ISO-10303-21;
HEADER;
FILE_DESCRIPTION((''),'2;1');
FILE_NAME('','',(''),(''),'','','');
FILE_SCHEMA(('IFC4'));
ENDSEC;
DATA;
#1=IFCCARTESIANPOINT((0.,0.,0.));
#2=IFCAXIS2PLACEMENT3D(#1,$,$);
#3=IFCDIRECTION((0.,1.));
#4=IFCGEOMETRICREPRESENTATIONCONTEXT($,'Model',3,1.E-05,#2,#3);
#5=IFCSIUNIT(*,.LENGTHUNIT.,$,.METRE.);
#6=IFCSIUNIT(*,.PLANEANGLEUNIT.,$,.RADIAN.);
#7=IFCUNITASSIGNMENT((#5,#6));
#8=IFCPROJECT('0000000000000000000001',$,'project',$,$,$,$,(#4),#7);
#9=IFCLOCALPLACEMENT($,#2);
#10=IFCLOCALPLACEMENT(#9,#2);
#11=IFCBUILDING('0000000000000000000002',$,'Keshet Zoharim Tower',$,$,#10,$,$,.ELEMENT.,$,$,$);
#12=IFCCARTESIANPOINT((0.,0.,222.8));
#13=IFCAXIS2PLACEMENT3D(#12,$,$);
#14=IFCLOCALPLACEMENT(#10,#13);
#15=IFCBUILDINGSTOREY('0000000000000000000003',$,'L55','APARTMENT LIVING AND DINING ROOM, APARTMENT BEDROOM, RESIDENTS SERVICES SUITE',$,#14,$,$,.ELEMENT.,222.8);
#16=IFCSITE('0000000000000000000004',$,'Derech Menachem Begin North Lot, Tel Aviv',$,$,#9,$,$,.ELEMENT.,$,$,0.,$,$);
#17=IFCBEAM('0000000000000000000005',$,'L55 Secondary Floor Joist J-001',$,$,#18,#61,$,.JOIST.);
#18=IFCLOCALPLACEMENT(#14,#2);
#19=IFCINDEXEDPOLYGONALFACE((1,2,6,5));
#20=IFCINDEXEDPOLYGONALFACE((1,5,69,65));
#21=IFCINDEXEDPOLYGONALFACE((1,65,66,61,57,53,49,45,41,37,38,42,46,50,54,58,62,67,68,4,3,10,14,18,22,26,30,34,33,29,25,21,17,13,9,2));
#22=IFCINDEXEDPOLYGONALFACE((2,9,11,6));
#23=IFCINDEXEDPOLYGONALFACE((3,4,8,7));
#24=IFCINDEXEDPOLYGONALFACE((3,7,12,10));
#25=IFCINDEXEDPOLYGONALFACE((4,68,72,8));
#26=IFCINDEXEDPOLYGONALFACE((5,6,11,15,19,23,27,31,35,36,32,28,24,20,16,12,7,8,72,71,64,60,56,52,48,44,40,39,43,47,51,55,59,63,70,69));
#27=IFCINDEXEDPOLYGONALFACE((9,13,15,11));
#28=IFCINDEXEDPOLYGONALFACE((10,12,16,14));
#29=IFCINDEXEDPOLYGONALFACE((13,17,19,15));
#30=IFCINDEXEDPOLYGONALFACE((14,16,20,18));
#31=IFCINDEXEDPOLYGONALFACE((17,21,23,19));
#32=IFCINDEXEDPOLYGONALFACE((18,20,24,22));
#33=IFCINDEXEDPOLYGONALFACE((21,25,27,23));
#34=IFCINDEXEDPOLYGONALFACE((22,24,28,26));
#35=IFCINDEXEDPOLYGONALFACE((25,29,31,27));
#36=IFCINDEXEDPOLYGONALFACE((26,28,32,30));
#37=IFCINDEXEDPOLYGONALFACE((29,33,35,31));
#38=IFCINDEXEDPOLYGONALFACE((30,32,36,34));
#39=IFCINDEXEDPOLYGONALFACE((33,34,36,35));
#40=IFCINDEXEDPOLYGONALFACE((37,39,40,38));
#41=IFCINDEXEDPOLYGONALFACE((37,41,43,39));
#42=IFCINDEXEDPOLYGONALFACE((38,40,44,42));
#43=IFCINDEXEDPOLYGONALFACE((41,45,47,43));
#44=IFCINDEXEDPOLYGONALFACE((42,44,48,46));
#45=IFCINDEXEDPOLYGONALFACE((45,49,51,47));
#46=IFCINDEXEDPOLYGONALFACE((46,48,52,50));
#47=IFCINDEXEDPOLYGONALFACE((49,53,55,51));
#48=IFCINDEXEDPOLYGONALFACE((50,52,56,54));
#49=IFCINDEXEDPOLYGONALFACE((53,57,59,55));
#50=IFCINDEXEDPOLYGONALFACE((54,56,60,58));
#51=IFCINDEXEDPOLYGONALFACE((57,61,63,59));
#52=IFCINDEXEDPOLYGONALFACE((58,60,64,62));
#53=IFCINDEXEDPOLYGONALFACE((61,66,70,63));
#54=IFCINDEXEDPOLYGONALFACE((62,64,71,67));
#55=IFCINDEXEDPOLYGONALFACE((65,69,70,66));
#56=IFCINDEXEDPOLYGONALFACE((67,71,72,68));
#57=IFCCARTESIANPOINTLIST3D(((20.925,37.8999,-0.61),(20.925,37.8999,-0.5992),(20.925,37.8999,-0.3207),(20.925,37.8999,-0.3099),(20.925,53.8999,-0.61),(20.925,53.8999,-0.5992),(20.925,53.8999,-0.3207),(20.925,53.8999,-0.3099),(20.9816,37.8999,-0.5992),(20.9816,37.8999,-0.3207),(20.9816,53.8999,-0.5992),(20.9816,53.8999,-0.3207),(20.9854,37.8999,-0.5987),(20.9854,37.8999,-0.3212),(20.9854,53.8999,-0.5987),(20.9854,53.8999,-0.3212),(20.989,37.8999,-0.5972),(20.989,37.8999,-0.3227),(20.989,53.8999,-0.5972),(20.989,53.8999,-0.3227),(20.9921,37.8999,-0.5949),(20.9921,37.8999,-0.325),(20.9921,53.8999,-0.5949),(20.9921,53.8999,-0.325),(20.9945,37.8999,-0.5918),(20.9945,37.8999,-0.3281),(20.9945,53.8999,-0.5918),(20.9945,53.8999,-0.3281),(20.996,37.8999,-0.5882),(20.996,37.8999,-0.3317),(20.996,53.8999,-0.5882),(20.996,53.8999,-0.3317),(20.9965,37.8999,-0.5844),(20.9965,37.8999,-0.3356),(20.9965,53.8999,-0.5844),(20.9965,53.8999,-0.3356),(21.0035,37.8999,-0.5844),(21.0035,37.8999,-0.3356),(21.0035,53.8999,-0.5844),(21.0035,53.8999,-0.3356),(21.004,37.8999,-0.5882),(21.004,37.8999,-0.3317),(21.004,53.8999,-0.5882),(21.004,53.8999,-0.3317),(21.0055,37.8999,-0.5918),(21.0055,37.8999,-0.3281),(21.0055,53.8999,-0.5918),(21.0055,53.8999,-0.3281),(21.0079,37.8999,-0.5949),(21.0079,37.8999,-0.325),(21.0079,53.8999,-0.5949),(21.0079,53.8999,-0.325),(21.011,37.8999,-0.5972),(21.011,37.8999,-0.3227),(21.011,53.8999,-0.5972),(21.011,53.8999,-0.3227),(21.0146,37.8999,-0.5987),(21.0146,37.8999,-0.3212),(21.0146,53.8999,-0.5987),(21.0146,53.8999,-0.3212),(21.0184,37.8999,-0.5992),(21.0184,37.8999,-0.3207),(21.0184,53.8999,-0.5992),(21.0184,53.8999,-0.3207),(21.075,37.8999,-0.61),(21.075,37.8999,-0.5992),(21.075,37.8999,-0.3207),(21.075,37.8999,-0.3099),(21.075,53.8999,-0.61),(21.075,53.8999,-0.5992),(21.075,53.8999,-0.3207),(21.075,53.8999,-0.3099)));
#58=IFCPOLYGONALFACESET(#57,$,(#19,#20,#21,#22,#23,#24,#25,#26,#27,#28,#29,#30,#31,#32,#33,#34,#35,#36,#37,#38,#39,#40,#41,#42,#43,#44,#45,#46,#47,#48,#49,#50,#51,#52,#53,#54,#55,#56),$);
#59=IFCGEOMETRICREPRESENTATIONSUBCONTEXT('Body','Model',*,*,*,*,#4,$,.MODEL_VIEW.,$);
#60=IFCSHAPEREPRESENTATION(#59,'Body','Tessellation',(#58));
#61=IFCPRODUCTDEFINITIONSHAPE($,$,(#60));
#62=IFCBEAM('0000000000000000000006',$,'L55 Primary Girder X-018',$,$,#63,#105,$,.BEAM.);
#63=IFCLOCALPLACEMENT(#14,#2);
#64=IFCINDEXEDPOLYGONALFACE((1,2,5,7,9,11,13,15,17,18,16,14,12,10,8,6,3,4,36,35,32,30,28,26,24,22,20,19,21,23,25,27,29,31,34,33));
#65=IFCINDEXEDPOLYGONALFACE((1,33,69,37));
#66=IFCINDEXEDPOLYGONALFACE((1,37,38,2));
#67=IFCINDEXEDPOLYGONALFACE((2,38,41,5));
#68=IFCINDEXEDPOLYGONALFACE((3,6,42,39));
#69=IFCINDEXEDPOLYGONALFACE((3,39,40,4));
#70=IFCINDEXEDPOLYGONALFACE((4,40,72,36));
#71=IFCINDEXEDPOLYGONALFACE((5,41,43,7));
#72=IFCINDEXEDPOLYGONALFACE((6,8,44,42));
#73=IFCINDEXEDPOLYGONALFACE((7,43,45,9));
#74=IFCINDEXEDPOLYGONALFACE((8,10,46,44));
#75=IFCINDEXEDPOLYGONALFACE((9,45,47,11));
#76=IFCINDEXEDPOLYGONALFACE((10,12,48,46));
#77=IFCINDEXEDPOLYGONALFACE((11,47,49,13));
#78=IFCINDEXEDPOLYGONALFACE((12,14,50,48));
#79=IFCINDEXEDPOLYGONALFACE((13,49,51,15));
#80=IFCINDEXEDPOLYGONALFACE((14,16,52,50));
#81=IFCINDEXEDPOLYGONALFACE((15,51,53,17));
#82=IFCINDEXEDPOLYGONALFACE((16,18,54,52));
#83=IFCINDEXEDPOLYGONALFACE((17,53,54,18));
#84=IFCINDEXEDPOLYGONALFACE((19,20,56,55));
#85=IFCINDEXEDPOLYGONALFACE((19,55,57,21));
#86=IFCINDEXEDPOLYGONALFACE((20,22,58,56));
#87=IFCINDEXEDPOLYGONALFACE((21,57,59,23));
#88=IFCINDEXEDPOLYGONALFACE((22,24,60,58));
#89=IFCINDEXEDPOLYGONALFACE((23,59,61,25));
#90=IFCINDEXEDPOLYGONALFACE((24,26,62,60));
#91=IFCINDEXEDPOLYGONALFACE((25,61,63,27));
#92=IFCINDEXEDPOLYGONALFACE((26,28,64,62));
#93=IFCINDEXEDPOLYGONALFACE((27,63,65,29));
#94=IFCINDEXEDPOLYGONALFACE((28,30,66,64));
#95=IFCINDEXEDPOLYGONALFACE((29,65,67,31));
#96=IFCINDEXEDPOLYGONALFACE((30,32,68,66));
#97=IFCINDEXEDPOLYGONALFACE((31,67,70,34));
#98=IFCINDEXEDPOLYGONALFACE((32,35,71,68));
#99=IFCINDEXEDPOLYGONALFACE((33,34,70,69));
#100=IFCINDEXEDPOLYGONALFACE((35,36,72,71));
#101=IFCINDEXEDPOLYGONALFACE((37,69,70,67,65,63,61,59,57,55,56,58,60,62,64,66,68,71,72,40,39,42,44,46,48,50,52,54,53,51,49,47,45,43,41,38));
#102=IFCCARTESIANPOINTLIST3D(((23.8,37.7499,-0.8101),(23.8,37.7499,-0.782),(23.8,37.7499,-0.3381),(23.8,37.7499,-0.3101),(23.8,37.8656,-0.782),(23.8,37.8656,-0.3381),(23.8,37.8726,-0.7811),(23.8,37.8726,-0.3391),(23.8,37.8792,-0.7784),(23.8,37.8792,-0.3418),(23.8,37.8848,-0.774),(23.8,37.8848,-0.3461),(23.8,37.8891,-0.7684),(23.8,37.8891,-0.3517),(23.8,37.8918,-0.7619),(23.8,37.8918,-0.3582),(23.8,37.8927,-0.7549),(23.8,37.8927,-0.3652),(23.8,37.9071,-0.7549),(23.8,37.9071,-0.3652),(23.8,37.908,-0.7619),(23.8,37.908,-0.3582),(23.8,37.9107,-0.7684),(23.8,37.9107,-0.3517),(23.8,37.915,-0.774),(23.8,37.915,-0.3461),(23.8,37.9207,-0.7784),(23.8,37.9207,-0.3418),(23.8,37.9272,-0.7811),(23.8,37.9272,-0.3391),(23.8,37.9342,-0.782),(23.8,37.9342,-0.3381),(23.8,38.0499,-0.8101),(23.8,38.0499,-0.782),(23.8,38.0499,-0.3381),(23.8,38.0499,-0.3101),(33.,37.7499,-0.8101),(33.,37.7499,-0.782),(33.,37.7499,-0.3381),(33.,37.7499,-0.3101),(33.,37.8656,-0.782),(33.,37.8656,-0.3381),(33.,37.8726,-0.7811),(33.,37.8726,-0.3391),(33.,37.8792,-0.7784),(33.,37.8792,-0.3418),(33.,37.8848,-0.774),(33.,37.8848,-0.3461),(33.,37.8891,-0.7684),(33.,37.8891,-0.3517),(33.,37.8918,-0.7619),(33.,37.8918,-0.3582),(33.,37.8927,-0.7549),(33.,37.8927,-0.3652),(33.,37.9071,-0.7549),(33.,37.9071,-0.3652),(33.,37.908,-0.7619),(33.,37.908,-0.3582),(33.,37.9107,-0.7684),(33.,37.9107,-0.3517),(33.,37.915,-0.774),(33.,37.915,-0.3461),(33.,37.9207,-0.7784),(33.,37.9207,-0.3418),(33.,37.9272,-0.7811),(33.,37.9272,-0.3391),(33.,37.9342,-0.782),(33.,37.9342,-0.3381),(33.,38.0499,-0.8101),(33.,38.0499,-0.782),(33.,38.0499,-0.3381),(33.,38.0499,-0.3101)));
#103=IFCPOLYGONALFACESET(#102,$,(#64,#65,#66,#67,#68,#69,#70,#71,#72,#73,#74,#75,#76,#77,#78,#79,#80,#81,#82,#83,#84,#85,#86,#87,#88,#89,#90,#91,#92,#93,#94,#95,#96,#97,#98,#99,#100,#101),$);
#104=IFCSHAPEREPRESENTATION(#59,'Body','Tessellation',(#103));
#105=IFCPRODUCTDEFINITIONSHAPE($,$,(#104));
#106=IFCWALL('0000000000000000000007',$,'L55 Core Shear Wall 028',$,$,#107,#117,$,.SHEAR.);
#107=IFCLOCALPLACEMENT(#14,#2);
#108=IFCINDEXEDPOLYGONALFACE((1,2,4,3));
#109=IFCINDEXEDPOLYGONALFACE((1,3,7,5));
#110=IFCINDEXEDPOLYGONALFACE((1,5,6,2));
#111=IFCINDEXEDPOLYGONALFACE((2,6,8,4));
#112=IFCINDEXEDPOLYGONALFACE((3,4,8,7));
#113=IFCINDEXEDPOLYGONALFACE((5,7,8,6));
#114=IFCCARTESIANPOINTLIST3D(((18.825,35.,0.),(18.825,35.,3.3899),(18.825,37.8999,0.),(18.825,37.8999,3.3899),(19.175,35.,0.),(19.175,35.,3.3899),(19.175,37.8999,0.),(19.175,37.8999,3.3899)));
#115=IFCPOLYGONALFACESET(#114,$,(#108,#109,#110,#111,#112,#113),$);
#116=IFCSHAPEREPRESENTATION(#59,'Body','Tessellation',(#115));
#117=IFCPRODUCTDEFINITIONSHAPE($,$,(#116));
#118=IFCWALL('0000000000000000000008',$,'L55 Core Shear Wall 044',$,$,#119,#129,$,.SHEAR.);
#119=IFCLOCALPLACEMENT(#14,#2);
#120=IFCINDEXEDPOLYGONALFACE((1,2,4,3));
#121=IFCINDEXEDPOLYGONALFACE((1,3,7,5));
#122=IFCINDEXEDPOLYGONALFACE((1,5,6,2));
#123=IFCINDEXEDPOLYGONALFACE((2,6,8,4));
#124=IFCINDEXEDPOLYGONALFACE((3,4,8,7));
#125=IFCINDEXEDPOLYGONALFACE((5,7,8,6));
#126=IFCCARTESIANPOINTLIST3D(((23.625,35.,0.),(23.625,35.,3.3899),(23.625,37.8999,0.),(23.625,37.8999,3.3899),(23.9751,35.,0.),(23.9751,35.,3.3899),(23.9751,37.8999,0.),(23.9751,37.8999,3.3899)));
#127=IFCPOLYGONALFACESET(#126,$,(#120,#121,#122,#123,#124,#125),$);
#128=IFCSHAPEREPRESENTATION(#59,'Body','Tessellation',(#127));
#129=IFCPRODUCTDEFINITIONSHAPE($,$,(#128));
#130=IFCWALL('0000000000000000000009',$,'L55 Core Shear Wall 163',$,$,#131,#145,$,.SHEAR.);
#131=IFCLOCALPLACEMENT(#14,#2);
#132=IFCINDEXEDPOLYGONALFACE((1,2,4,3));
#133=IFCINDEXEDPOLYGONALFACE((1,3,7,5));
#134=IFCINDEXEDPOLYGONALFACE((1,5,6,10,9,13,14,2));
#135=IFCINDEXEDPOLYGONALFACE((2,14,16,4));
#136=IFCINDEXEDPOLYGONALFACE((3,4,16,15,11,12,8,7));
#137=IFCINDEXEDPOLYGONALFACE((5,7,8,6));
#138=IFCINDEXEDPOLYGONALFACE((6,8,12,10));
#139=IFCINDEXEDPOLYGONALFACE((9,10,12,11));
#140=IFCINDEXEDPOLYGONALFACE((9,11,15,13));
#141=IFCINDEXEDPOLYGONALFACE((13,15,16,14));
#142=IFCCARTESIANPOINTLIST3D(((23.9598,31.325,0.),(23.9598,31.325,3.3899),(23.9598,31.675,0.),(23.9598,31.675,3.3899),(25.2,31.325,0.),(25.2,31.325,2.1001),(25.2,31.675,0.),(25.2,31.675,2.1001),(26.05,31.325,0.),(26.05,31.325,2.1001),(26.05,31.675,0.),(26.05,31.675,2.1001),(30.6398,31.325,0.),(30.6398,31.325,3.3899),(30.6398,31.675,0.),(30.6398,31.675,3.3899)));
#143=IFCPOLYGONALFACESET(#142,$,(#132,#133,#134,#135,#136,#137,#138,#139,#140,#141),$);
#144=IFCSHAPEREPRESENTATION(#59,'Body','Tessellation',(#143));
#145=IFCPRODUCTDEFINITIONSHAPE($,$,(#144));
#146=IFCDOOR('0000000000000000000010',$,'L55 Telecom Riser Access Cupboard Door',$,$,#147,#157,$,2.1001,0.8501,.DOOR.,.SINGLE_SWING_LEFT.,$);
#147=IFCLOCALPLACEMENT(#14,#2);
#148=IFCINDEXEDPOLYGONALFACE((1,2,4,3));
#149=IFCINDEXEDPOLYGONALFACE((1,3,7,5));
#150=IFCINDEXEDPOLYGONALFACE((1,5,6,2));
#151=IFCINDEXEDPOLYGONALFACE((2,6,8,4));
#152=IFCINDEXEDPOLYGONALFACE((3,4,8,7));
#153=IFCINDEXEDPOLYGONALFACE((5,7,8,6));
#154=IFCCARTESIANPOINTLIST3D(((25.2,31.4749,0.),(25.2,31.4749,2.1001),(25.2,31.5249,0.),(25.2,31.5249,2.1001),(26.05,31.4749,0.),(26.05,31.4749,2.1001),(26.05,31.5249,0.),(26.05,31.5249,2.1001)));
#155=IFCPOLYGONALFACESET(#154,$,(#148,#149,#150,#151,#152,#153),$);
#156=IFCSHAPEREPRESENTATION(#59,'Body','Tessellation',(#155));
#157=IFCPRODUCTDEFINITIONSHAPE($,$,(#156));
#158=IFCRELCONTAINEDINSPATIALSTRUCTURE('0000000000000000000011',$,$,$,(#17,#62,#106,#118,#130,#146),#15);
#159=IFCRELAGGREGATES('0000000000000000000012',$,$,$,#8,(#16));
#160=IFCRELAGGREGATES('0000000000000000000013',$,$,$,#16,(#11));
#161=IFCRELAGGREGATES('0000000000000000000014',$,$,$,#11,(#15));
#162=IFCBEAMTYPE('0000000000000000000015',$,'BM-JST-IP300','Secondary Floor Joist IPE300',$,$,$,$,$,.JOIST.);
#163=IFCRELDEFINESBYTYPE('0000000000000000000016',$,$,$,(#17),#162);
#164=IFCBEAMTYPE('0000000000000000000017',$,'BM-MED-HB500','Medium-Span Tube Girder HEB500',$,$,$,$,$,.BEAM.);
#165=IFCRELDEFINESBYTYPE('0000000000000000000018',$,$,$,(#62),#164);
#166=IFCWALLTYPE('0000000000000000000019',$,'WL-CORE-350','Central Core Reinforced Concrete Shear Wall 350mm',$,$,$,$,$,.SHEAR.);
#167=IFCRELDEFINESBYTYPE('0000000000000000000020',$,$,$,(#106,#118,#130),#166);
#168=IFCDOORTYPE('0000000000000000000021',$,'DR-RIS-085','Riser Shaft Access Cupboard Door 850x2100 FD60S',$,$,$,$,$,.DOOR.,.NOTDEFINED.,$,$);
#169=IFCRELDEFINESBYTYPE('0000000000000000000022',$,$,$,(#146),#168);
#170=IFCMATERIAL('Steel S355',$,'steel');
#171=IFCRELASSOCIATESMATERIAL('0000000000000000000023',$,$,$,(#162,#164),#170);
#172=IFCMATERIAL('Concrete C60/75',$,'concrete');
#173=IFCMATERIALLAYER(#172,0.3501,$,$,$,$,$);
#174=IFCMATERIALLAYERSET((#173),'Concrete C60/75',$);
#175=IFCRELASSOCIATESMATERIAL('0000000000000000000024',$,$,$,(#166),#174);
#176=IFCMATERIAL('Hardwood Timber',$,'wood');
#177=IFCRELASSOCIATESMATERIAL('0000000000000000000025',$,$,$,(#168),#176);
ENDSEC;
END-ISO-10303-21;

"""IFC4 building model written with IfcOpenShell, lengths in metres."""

from ifc_helpers import new_model, si_unit, direction, frame, frame_2d, origin, origin_2d, place, context, subcontext, project, spatial, rectangle, i_section, extrude, material, layer, layer_set, material_profile, profile_set, type_object, element, fill, save


model = new_model("IFC4")

# Units and contexts
model_context = context("Model", 3, precision=1e-05, world=origin(), true_north=direction((0.0, 1.0)))
body_context = subcontext(model_context, "Body", "Model", "MODEL_VIEW")
ifc_project = project(units=[si_unit("LENGTHUNIT", "METRE"), si_unit("PLANEANGLEUNIT", "RADIAN")], contexts=[model_context])

# Site, building, storey
site_placement = place(None, origin())
site = spatial("IfcSite", under=ifc_project, at=site_placement, Name="Derech Menachem Begin North Lot, Tel Aviv", CompositionType="ELEMENT", RefElevation=0.0)
building_placement = place(site_placement, origin())
building = spatial("IfcBuilding", under=site, at=building_placement, Name="Keshet Zoharim Tower", CompositionType="ELEMENT")
storey_placement = place(building_placement, frame((0.0, 0.0, 222.8)))
storey = spatial("IfcBuildingStorey", under=building, at=storey_placement, Name="L55", Description="APARTMENT LIVING AND DINING ROOM, APARTMENT BEDROOM, RESIDENTS SERVICES SUITE", CompositionType="ELEMENT", Elevation=222.8)

# Beams
ifc_material_1 = material(Name="Steel S355", Category="steel")
ifc_material_profile_1 = material_profile(ifc_material_1, i_section(OverallWidth=0.1499, OverallDepth=0.3, WebThickness=0.0071, FlangeThickness=0.0107, FilletRadius=0.0149, at=origin_2d()), Name="IPE300")
ifc_profile_set_1 = profile_set([ifc_material_profile_1], Name="Steel S355")
beam_type_1 = type_object("IfcBeamType", Name="BM-JST-IP300", Description="Secondary Floor Joist IPE300", PredefinedType="JOIST", material=ifc_profile_set_1)
beam_1_placement = place(storey_placement, frame((21.0, 37.8999, -0.46), z_axis=(0.0, 1.0, 0.0), x_axis=(-1.0, 0.0, 0.0)))
element("IfcBeam", 1, at=beam_1_placement, inside=storey, type_object=beam_type_1, Name="L55 Secondary Floor Joist J-001", PredefinedType="JOIST", context=body_context, shape_type="SweptSolid", body=[
    extrude(i_section(OverallWidth=0.1499, OverallDepth=0.3, WebThickness=0.0071, FlangeThickness=0.0107, FilletRadius=0.0149, at=origin_2d()), origin(), (0.0, 0.0, 1.0), 16.0),
])
ifc_material_profile_2 = material_profile(ifc_material_1, i_section(OverallWidth=0.3, OverallDepth=0.5, WebThickness=0.0144, FlangeThickness=0.0281, FilletRadius=0.0271, at=origin_2d()), Name="HEB500")
ifc_profile_set_2 = profile_set([ifc_material_profile_2], Name="Steel S355")
beam_type_2 = type_object("IfcBeamType", Name="BM-MED-HB500", Description="Medium-Span Tube Girder HEB500", PredefinedType="BEAM", material=ifc_profile_set_2)
beam_2_placement = place(storey_placement, frame((23.8, 37.8999, -0.5601), z_axis=(1.0, 0.0, 0.0), x_axis=(0.0, 1.0, 0.0)))
element("IfcBeam", 2, at=beam_2_placement, inside=storey, type_object=beam_type_2, Name="L55 Primary Girder X-018", PredefinedType="BEAM", context=body_context, shape_type="SweptSolid", body=[
    extrude(i_section(OverallWidth=0.3, OverallDepth=0.5, WebThickness=0.0144, FlangeThickness=0.0281, FilletRadius=0.0271, at=origin_2d()), origin(), (0.0, 0.0, 1.0), 9.2),
])

# Walls
ifc_material_2 = material(Name="Concrete C60/75", Category="concrete")
ifc_layer_1 = layer(ifc_material_2, 0.3501)
ifc_layer_set_1 = layer_set([ifc_layer_1], Name="Concrete C60/75")
wall_type_1 = type_object("IfcWallType", Name="WL-CORE-350", Description="Central Core Reinforced Concrete Shear Wall 350mm", PredefinedType="SHEAR", material=ifc_layer_set_1)
for number, where, z_axis, x_axis, name in (
    (3, (19.0, 35.0, 0.0), (0.0, 0.0, 1.0), (0.0, 1.0, 0.0), "L55 Core Shear Wall 028"),
    (4, (23.8, 35.0, 0.0), (0.0, 0.0, 1.0), (0.0, 1.0, 0.0), "L55 Core Shear Wall 044"),
):
    element("IfcWall", number, at=place(storey_placement, frame(where, z_axis=z_axis, x_axis=x_axis)), inside=storey, type_object=wall_type_1, Name=name, PredefinedType="SHEAR", context=body_context, shape_type="SweptSolid", body=[
        extrude(rectangle(XDim=2.8999, YDim=0.3501, at=frame_2d((1.45, 0.0))), origin(), (0.0, 0.0, 1.0), 3.3899),
    ])

# Wall, opening, door
wall_1_placement = place(storey_placement, frame((23.96, 31.5, 0.0), z_axis=(0.0, 0.0, 1.0), x_axis=(1.0, 0.0, 0.0)))
wall_1 = element("IfcWall", 5, at=wall_1_placement, inside=storey, type_object=wall_type_1, Name="L55 Core Shear Wall 163", PredefinedType="SHEAR", context=body_context, shape_type="SweptSolid", body=[
    extrude(rectangle(XDim=6.6799, YDim=0.3501, at=frame_2d((3.3398, 0.0))), origin(), (0.0, 0.0, 1.0), 3.3899),
])
opening_1_placement = place(wall_1_placement, frame((1.24, 0.0, 0.0)))
opening_1 = element("IfcOpeningElement", 6, at=opening_1_placement, cuts=wall_1, PredefinedType="OPENING", context=body_context, shape_type="SweptSolid", body=[
    extrude(rectangle(XDim=0.8501, YDim=2.1001, at=frame_2d((0.425, 1.05))), frame((0.0, 0.1851, 0.0), z_axis=(0.0, -1.0, 0.0), x_axis=(1.0, 0.0, 0.0)), (0.0, 0.0, 1.0), 0.3701),
])
ifc_material_3 = material(Name="Hardwood Timber", Category="wood")
door_type_1 = type_object("IfcDoorType", Name="DR-RIS-085", Description="Riser Shaft Access Cupboard Door 850x2100 FD60S", OperationType="NOTDEFINED", PredefinedType="DOOR", material=ifc_material_3)
door_1_placement = place(opening_1_placement, origin())
door_1 = element("IfcDoor", 7, at=door_1_placement, inside=storey, type_object=door_type_1, Name="L55 Telecom Riser Access Cupboard Door", OperationType="SINGLE_SWING_LEFT", OverallHeight=2.1001, OverallWidth=0.8501, PredefinedType="DOOR", context=body_context, shape_type="SweptSolid", body=[
    extrude(rectangle(XDim=0.8501, YDim=2.1001, at=frame_2d((0.425, 1.05))), frame((0.0, 0.0249, 0.0), z_axis=(0.0, -1.0, 0.0), x_axis=(1.0, 0.0, 0.0)), (0.0, 0.0, 1.0), 0.05),
])
fill(opening_1, door_1)

save(model, "model.ifc")
